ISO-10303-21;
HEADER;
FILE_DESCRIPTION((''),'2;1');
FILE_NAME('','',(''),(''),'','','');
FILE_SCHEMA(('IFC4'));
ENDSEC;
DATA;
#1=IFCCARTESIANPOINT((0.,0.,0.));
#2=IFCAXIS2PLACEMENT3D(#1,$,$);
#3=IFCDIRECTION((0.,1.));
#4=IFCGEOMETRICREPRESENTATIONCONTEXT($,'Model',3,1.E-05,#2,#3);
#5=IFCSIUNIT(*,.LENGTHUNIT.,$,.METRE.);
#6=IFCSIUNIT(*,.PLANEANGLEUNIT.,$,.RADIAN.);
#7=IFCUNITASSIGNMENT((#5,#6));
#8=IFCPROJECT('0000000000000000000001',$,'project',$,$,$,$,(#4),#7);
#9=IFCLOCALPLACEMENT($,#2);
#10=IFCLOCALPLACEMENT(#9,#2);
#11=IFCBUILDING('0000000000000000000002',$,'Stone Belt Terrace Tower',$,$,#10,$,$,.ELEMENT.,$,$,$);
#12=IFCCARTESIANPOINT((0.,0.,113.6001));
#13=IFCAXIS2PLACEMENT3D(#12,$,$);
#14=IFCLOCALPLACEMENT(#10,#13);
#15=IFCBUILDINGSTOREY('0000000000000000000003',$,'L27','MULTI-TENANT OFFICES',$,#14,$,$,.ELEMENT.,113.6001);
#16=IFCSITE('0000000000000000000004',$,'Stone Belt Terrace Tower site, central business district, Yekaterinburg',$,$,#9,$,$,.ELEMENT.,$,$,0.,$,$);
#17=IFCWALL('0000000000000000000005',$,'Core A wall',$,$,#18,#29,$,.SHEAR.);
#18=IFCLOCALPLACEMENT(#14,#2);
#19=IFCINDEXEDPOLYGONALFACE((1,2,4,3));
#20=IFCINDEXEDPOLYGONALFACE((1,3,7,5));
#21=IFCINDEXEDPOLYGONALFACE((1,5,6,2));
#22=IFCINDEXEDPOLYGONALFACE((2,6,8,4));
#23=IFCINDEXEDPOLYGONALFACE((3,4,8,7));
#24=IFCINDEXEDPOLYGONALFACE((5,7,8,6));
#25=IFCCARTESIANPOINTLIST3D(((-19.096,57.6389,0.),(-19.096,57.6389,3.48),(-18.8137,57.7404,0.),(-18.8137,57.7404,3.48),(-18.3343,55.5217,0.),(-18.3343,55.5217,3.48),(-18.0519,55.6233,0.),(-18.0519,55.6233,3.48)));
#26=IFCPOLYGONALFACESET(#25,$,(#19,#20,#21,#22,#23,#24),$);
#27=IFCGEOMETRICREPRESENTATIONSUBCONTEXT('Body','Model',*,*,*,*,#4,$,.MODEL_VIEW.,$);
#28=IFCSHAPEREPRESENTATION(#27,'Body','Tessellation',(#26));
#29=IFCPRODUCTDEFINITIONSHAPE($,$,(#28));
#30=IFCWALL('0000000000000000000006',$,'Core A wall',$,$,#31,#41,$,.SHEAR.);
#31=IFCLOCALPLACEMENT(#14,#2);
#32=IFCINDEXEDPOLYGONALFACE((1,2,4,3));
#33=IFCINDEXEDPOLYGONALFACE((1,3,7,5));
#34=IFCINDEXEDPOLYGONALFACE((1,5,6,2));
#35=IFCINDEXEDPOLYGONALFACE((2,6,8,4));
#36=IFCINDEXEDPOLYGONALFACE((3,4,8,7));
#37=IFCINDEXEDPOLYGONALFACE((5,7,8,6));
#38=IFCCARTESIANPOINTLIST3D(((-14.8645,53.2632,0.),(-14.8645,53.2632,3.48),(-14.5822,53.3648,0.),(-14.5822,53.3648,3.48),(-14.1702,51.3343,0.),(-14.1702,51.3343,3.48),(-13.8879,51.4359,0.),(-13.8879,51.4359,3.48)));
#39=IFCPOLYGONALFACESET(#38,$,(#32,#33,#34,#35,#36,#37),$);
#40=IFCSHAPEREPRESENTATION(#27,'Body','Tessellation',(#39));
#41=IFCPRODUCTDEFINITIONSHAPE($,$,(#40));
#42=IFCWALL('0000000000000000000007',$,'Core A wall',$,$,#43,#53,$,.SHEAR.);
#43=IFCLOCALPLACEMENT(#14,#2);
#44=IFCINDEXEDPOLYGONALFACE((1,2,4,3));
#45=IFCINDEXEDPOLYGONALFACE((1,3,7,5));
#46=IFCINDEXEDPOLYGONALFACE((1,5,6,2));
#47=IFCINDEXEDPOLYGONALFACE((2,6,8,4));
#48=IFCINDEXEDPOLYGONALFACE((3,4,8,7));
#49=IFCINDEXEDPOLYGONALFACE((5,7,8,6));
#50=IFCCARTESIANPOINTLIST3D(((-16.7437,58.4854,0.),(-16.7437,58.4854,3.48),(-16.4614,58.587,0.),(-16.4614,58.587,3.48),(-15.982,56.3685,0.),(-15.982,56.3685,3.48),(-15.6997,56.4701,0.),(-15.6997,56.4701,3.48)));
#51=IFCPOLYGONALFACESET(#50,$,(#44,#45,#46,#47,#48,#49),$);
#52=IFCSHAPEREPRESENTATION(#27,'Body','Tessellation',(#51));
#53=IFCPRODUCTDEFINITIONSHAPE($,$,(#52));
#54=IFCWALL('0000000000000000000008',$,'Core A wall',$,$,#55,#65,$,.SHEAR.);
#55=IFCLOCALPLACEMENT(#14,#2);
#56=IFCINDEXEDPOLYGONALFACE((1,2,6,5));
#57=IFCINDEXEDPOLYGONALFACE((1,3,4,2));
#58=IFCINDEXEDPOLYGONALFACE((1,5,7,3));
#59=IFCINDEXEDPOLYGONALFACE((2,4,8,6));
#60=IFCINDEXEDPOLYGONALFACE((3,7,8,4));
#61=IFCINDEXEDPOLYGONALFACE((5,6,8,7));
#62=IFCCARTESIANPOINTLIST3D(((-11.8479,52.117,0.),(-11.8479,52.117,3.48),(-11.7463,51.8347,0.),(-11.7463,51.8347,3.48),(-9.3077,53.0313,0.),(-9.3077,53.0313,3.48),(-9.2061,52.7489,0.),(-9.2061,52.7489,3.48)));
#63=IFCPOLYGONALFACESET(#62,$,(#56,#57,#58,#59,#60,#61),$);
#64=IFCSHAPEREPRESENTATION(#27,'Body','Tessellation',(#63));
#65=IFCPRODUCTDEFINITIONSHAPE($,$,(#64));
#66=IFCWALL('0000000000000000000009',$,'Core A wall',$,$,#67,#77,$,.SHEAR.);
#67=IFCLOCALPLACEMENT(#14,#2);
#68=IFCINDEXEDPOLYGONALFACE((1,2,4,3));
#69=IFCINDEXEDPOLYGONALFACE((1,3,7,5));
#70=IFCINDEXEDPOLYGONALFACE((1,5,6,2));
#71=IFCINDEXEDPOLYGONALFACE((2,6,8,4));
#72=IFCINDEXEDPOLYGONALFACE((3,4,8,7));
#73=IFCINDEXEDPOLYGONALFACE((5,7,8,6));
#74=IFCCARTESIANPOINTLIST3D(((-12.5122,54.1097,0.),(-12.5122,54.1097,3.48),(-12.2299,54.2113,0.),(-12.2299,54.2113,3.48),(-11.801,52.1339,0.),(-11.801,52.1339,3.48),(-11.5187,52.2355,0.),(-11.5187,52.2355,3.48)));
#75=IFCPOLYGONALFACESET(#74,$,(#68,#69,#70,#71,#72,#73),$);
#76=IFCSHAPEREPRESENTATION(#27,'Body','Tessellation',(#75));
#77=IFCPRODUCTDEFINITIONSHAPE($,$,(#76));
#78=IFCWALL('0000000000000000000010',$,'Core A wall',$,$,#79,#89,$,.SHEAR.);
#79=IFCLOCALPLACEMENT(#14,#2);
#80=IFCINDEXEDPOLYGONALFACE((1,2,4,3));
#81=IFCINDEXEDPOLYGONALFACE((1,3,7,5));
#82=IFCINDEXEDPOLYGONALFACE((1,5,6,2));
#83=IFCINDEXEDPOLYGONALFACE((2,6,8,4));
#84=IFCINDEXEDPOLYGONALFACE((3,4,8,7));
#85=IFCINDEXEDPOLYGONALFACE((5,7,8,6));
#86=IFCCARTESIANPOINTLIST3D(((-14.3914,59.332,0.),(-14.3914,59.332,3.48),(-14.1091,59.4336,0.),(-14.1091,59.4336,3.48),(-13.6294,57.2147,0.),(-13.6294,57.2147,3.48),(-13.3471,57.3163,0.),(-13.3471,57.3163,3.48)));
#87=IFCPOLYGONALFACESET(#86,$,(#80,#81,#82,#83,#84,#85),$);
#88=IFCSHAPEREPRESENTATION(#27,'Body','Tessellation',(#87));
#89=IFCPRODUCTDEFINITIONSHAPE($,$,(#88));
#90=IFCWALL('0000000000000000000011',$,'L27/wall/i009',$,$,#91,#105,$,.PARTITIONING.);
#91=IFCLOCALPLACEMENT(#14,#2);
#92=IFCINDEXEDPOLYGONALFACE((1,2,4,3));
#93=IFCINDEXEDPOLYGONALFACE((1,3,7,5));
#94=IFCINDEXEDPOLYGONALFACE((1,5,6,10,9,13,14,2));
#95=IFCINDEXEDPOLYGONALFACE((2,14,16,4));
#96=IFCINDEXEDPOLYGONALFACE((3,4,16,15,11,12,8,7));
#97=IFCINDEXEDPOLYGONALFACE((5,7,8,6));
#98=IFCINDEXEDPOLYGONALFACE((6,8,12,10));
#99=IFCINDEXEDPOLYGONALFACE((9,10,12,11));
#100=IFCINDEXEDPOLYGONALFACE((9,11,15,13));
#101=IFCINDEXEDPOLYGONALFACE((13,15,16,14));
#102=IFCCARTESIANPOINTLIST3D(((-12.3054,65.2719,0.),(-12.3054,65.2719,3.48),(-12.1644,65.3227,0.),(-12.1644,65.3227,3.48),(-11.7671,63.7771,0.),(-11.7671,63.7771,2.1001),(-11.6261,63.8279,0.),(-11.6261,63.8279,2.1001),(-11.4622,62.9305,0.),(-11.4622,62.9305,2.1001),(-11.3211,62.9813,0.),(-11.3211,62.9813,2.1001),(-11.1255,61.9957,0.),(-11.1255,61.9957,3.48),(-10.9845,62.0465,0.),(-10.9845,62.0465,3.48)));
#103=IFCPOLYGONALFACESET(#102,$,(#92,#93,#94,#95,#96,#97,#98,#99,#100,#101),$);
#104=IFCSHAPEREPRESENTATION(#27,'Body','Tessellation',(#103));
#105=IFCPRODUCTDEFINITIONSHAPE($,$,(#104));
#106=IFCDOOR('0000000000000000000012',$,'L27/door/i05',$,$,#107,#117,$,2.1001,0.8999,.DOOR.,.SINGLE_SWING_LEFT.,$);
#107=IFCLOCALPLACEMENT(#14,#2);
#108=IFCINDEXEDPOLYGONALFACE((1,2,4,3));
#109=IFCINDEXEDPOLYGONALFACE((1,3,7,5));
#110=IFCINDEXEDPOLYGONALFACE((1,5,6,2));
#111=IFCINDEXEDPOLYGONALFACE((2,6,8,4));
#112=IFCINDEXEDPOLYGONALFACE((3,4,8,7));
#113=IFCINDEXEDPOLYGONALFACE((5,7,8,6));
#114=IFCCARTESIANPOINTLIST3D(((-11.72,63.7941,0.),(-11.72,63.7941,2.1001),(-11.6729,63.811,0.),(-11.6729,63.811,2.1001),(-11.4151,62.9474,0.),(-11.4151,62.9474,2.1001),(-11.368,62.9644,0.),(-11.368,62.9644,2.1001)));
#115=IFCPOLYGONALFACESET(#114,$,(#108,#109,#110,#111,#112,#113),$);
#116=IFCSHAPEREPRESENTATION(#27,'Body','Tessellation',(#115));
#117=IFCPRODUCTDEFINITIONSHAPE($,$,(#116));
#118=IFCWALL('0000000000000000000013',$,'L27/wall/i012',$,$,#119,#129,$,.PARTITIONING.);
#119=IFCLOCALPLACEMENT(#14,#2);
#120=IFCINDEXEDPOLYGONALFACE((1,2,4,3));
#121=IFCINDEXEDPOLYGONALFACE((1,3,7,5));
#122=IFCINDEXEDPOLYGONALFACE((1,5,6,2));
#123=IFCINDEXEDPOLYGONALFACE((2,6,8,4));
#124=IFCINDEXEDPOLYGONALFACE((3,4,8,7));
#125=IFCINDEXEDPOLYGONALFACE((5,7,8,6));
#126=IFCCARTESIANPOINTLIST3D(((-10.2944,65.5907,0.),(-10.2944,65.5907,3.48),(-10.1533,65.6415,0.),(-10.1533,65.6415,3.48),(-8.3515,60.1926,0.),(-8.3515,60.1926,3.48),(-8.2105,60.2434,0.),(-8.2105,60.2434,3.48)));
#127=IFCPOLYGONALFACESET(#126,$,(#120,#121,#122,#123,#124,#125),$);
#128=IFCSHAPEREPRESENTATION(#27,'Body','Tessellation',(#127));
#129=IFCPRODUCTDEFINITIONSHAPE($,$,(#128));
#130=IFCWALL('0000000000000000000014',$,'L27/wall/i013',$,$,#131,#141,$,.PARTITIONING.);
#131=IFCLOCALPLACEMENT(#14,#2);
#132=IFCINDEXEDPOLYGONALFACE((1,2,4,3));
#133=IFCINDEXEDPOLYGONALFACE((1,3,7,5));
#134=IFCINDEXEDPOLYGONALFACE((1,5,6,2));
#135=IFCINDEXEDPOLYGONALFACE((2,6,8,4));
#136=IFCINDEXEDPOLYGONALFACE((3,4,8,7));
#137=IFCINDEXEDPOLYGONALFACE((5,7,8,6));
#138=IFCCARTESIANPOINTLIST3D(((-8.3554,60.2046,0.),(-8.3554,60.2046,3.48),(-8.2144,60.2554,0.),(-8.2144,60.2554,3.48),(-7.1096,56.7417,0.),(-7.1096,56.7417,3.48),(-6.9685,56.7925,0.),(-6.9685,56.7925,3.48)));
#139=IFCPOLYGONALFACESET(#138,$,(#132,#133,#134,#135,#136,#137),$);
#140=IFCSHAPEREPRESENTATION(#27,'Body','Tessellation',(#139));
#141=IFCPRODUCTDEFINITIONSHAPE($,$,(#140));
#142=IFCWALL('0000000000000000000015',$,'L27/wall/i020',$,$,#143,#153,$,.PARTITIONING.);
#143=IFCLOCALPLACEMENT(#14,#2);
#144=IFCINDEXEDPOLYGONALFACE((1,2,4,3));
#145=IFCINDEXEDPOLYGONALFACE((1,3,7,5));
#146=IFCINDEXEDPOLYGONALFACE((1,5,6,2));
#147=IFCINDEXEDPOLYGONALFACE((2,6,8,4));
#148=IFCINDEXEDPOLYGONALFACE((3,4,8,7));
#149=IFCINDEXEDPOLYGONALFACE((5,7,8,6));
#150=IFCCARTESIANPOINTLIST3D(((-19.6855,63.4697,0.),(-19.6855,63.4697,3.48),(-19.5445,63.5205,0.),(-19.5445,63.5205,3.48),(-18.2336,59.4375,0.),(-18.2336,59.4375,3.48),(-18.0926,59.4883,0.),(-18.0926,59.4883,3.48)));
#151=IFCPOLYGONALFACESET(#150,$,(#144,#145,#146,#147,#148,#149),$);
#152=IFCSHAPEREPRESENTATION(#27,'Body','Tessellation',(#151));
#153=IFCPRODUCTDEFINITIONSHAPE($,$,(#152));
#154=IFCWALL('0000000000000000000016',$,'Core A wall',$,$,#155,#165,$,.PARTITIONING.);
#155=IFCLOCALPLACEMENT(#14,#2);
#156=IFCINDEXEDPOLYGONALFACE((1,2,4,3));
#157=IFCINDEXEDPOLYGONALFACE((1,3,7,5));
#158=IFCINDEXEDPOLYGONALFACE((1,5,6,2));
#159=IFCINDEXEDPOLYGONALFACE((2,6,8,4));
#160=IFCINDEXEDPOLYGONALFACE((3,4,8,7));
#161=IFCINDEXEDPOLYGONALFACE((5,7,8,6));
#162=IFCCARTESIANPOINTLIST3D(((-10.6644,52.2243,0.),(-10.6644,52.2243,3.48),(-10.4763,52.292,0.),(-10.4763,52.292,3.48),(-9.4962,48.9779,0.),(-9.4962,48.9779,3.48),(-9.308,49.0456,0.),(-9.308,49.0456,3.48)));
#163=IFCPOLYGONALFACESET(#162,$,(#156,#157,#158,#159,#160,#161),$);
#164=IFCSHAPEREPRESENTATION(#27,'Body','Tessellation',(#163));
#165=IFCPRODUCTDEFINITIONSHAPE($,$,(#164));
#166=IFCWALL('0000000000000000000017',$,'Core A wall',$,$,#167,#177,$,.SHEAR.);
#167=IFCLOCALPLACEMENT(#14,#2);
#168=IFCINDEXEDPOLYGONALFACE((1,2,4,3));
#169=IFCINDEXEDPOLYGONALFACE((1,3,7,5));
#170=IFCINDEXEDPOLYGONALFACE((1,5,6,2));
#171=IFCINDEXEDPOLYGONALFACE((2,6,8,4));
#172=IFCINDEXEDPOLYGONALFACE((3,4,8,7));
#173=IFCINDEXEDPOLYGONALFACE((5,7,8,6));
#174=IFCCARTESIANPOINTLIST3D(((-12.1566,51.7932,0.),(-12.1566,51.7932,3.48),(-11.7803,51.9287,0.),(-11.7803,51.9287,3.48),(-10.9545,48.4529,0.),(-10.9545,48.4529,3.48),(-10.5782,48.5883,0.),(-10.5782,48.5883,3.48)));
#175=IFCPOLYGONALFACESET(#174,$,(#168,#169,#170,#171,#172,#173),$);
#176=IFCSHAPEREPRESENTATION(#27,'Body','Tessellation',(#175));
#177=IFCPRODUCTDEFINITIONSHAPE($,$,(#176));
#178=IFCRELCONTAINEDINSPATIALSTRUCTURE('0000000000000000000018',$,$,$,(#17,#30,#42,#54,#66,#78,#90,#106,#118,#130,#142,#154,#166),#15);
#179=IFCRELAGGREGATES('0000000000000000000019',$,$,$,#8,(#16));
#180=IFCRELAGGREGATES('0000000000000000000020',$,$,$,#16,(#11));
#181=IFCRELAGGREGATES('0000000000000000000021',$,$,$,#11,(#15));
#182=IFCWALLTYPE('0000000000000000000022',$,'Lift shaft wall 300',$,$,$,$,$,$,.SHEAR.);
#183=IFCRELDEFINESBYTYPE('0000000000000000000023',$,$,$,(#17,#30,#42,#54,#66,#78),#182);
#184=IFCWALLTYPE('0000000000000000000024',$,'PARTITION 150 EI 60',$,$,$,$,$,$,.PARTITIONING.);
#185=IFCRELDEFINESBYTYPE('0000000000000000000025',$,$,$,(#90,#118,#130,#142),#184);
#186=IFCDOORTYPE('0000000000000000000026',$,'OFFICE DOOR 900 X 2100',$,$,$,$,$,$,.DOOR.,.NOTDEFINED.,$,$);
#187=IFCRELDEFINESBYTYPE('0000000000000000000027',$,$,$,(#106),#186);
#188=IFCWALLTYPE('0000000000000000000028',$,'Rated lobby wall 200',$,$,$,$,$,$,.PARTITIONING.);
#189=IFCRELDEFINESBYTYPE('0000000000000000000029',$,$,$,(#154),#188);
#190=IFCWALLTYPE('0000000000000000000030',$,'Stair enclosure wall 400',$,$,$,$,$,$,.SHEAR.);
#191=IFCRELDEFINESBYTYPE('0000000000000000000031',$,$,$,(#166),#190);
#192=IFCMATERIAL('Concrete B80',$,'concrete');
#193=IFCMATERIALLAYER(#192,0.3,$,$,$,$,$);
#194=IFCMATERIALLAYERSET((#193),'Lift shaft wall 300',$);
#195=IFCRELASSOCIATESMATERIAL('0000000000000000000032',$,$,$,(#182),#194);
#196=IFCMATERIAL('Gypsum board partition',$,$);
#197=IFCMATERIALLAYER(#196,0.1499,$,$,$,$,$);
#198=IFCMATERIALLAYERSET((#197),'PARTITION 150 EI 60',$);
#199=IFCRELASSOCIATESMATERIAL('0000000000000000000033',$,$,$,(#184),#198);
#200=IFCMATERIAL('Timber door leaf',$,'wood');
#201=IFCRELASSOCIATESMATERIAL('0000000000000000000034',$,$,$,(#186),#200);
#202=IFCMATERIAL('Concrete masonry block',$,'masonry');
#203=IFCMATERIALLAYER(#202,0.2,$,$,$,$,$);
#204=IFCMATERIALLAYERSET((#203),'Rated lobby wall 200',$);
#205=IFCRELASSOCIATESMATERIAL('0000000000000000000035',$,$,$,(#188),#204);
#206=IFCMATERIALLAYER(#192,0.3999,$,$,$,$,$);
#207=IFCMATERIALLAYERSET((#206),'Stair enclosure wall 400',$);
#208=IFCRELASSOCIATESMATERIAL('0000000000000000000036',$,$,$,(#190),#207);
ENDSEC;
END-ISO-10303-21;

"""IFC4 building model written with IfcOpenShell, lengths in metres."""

from ifc_helpers import new_model, si_unit, direction, frame, frame_2d, origin, place, context, subcontext, project, spatial, rectangle, extrude, material, layer, layer_set, type_object, element, fill, save


model = new_model("IFC4")

# Units and contexts
model_context = context("Model", 3, precision=1e-05, world=origin(), true_north=direction((0.0, 1.0)))
body_context = subcontext(model_context, "Body", "Model", "MODEL_VIEW")
ifc_project = project(units=[si_unit("LENGTHUNIT", "METRE"), si_unit("PLANEANGLEUNIT", "RADIAN")], contexts=[model_context])

# Site, building, storey
site_placement = place(None, origin())
site = spatial("IfcSite", under=ifc_project, at=site_placement, Name="Stone Belt Terrace Tower site, central business district, Yekaterinburg", CompositionType="ELEMENT", RefElevation=0.0)
building_placement = place(site_placement, origin())
building = spatial("IfcBuilding", under=site, at=building_placement, Name="Stone Belt Terrace Tower", CompositionType="ELEMENT")
storey_placement = place(building_placement, frame((0.0, 0.0, 113.6001)))
storey = spatial("IfcBuildingStorey", under=building, at=storey_placement, Name="L27", Description="MULTI-TENANT OFFICES", CompositionType="ELEMENT", Elevation=113.6001)

# Shared definitions
ifc_material_1 = material(Name="Concrete B80", Category="concrete")

# Shared definitions
ifc_material_2 = material(Name="Timber door leaf", Category="wood")

# Walls
ifc_layer_1 = layer(ifc_material_1, 0.3)
ifc_layer_set_1 = layer_set([ifc_layer_1], Name="Lift shaft wall 300")
wall_type_1 = type_object("IfcWallType", Name="Lift shaft wall 300", PredefinedType="SHEAR", material=ifc_layer_set_1)
wall_1_placement = place(storey_placement, frame((-18.1931, 55.5725, 0.0), z_axis=(0.0, 0.0, 1.0), x_axis=(-0.338535, 0.940954, 0.0)))
element("IfcWall", 1, at=wall_1_placement, inside=storey, type_object=wall_type_1, Name="Core A wall", PredefinedType="SHEAR", context=body_context, shape_type="SweptSolid", body=[
    extrude(rectangle(XDim=2.25, YDim=0.3, at=frame_2d((1.125, 0.0))), origin(), (0.0, 0.0, 1.0), 3.48),
])
wall_2_placement = place(storey_placement, frame((-14.0291, 51.3853, 0.0), z_axis=(0.0, 0.0, 1.0), x_axis=(-0.338682, 0.940901, 0.0)))
element("IfcWall", 2, at=wall_2_placement, inside=storey, type_object=wall_type_1, Name="Core A wall", PredefinedType="SHEAR", context=body_context, shape_type="SweptSolid", body=[
    extrude(rectangle(XDim=2.05, YDim=0.3, at=frame_2d((1.0249, 0.0))), origin(), (0.0, 0.0, 1.0), 3.48),
])
wall_3_placement = place(storey_placement, frame((-15.8408, 56.4192, 0.0), z_axis=(0.0, 0.0, 1.0), x_axis=(-0.33857, 0.940941, 0.0)))
element("IfcWall", 3, at=wall_3_placement, inside=storey, type_object=wall_type_1, Name="Core A wall", PredefinedType="SHEAR", context=body_context, shape_type="SweptSolid", body=[
    extrude(rectangle(XDim=2.2498, YDim=0.3, at=frame_2d((1.125, 0.0))), origin(), (0.0, 0.0, 1.0), 3.48),
])
wall_4_placement = place(storey_placement, frame((-11.7971, 51.9758, 0.0), z_axis=(0.0, 0.0, 1.0), x_axis=(0.94091, 0.338655, 0.0)))
element("IfcWall", 4, at=wall_4_placement, inside=storey, type_object=wall_type_1, Name="Core A wall", PredefinedType="SHEAR", context=body_context, shape_type="SweptSolid", body=[
    extrude(rectangle(XDim=2.6997, YDim=0.3, at=frame_2d((1.3499, 0.0))), origin(), (0.0, 0.0, 1.0), 3.48),
])
wall_5_placement = place(storey_placement, frame((-11.6599, 52.1848, 0.0), z_axis=(0.0, 0.0, 1.0), x_axis=(-0.33867, 0.940905, 0.0)))
element("IfcWall", 5, at=wall_5_placement, inside=storey, type_object=wall_type_1, Name="Core A wall", PredefinedType="SHEAR", context=body_context, shape_type="SweptSolid", body=[
    extrude(rectangle(XDim=2.0999, YDim=0.3, at=frame_2d((1.0498, 0.0))), origin(), (0.0, 0.0, 1.0), 3.48),
])
wall_6_placement = place(storey_placement, frame((-13.4883, 57.2656, 0.0), z_axis=(0.0, 0.0, 1.0), x_axis=(-0.338631, 0.940919, 0.0)))
element("IfcWall", 6, at=wall_6_placement, inside=storey, type_object=wall_type_1, Name="Core A wall", PredefinedType="SHEAR", context=body_context, shape_type="SweptSolid", body=[
    extrude(rectangle(XDim=2.2502, YDim=0.3, at=frame_2d((1.125, 0.0))), origin(), (0.0, 0.0, 1.0), 3.48),
])

# Wall, opening, door
ifc_material_3 = material(Name="Gypsum board partition")
ifc_layer_2 = layer(ifc_material_3, 0.1499)
ifc_layer_set_2 = layer_set([ifc_layer_2], Name="PARTITION 150 EI 60")
wall_type_2 = type_object("IfcWallType", Name="PARTITION 150 EI 60", PredefinedType="PARTITIONING", material=ifc_layer_set_2)
wall_7_placement = place(storey_placement, frame((-11.0549, 62.021, 0.0), z_axis=(0.0, 0.0, 1.0), x_axis=(-0.338854, 0.940839, 0.0)))
wall_7 = element("IfcWall", 7, at=wall_7_placement, inside=storey, type_object=wall_type_2, Name="L27/wall/i009", PredefinedType="PARTITIONING", context=body_context, shape_type="SweptSolid", body=[
    extrude(rectangle(XDim=3.4822, YDim=0.1499, at=frame_2d((1.7412, 0.0))), origin(), (0.0, 0.0, 1.0), 3.48),
])
opening_1_placement = place(wall_7_placement, frame((0.9937, 0.0, 0.0)))
opening_1 = element("IfcOpeningElement", 8, at=opening_1_placement, cuts=wall_7, PredefinedType="OPENING", context=body_context, shape_type="SweptSolid", body=[
    extrude(rectangle(XDim=0.8999, YDim=2.1001, at=frame_2d((0.45, 1.05))), frame((0.0, 0.085, 0.0), z_axis=(0.0, -1.0, 0.0), x_axis=(1.0, 0.0, 0.0)), (0.0, 0.0, 1.0), 0.1699),
])
door_type_1 = type_object("IfcDoorType", Name="OFFICE DOOR 900 X 2100", OperationType="NOTDEFINED", PredefinedType="DOOR", material=ifc_material_2)
door_1_placement = place(opening_1_placement, origin())
door_1 = element("IfcDoor", 9, at=door_1_placement, inside=storey, type_object=door_type_1, Name="L27/door/i05", OperationType="SINGLE_SWING_LEFT", OverallHeight=2.1001, OverallWidth=0.8999, PredefinedType="DOOR", context=body_context, shape_type="SweptSolid", body=[
    extrude(rectangle(XDim=0.8999, YDim=2.1001, at=frame_2d((0.45, 1.05))), frame((0.0, 0.0249, 0.0), z_axis=(0.0, -1.0, 0.0), x_axis=(1.0, 0.0, 0.0)), (0.0, 0.0, 1.0), 0.05),
])
fill(opening_1, door_1)

# Walls
wall_8_placement = place(storey_placement, frame((-10.2239, 65.6162, 0.0), z_axis=(0.0, 0.0, 1.0), x_axis=(0.338646, -0.940914, 0.0)))
element("IfcWall", 10, at=wall_8_placement, inside=storey, type_object=wall_type_2, Name="L27/wall/i012", PredefinedType="PARTITIONING", context=body_context, shape_type="SweptSolid", body=[
    extrude(rectangle(XDim=5.7371, YDim=0.1499, at=frame_2d((2.8687, 0.0))), origin(), (0.0, 0.0, 1.0), 3.48),
])
wall_9_placement = place(storey_placement, frame((-8.2849, 60.23, 0.0), z_axis=(0.0, 0.0, 1.0), x_axis=(0.338529, -0.940956, 0.0)))
element("IfcWall", 11, at=wall_9_placement, inside=storey, type_object=wall_type_2, Name="L27/wall/i013", PredefinedType="PARTITIONING", context=body_context, shape_type="SweptSolid", body=[
    extrude(rectangle(XDim=3.6802, YDim=0.1499, at=frame_2d((1.8401, 0.0))), origin(), (0.0, 0.0, 1.0), 3.48),
])
wall_10_placement = place(storey_placement, frame((-19.615, 63.4951, 0.0), z_axis=(0.0, 0.0, 1.0), x_axis=(0.338782, -0.940865, 0.0)))
element("IfcWall", 12, at=wall_10_placement, inside=storey, type_object=wall_type_2, Name="L27/wall/i020", PredefinedType="PARTITIONING", context=body_context, shape_type="SweptSolid", body=[
    extrude(rectangle(XDim=4.2856, YDim=0.1499, at=frame_2d((2.1428, 0.0))), origin(), (0.0, 0.0, 1.0), 3.48),
])
ifc_material_4 = material(Name="Concrete masonry block", Category="masonry")
ifc_layer_3 = layer(ifc_material_4, 0.2)
ifc_layer_set_3 = layer_set([ifc_layer_3], Name="Rated lobby wall 200")
wall_type_3 = type_object("IfcWallType", Name="Rated lobby wall 200", PredefinedType="PARTITIONING", material=ifc_layer_set_3)
wall_11_placement = place(storey_placement, frame((-9.4021, 49.0117, 0.0), z_axis=(0.0, 0.0, 1.0), x_axis=(-0.338599, 0.940931, 0.0)))
element("IfcWall", 13, at=wall_11_placement, inside=storey, type_object=wall_type_3, Name="Core A wall", PredefinedType="PARTITIONING", context=body_context, shape_type="SweptSolid", body=[
    extrude(rectangle(XDim=3.4502, YDim=0.2, at=frame_2d((1.7251, 0.0))), origin(), (0.0, 0.0, 1.0), 3.48),
])
ifc_layer_4 = layer(ifc_material_1, 0.3999)
ifc_layer_set_4 = layer_set([ifc_layer_4], Name="Stair enclosure wall 400")
wall_type_4 = type_object("IfcWallType", Name="Stair enclosure wall 400", PredefinedType="SHEAR", material=ifc_layer_set_4)
wall_12_placement = place(storey_placement, frame((-10.7664, 48.5208, 0.0), z_axis=(0.0, 0.0, 1.0), x_axis=(-0.338627, 0.940921, 0.0)))
element("IfcWall", 14, at=wall_12_placement, inside=storey, type_object=wall_type_4, Name="Core A wall", PredefinedType="SHEAR", context=body_context, shape_type="SweptSolid", body=[
    extrude(rectangle(XDim=3.55, YDim=0.3999, at=frame_2d((1.7749, 0.0))), origin(), (0.0, 0.0, 1.0), 3.48),
])

save(model, "model.ifc")
